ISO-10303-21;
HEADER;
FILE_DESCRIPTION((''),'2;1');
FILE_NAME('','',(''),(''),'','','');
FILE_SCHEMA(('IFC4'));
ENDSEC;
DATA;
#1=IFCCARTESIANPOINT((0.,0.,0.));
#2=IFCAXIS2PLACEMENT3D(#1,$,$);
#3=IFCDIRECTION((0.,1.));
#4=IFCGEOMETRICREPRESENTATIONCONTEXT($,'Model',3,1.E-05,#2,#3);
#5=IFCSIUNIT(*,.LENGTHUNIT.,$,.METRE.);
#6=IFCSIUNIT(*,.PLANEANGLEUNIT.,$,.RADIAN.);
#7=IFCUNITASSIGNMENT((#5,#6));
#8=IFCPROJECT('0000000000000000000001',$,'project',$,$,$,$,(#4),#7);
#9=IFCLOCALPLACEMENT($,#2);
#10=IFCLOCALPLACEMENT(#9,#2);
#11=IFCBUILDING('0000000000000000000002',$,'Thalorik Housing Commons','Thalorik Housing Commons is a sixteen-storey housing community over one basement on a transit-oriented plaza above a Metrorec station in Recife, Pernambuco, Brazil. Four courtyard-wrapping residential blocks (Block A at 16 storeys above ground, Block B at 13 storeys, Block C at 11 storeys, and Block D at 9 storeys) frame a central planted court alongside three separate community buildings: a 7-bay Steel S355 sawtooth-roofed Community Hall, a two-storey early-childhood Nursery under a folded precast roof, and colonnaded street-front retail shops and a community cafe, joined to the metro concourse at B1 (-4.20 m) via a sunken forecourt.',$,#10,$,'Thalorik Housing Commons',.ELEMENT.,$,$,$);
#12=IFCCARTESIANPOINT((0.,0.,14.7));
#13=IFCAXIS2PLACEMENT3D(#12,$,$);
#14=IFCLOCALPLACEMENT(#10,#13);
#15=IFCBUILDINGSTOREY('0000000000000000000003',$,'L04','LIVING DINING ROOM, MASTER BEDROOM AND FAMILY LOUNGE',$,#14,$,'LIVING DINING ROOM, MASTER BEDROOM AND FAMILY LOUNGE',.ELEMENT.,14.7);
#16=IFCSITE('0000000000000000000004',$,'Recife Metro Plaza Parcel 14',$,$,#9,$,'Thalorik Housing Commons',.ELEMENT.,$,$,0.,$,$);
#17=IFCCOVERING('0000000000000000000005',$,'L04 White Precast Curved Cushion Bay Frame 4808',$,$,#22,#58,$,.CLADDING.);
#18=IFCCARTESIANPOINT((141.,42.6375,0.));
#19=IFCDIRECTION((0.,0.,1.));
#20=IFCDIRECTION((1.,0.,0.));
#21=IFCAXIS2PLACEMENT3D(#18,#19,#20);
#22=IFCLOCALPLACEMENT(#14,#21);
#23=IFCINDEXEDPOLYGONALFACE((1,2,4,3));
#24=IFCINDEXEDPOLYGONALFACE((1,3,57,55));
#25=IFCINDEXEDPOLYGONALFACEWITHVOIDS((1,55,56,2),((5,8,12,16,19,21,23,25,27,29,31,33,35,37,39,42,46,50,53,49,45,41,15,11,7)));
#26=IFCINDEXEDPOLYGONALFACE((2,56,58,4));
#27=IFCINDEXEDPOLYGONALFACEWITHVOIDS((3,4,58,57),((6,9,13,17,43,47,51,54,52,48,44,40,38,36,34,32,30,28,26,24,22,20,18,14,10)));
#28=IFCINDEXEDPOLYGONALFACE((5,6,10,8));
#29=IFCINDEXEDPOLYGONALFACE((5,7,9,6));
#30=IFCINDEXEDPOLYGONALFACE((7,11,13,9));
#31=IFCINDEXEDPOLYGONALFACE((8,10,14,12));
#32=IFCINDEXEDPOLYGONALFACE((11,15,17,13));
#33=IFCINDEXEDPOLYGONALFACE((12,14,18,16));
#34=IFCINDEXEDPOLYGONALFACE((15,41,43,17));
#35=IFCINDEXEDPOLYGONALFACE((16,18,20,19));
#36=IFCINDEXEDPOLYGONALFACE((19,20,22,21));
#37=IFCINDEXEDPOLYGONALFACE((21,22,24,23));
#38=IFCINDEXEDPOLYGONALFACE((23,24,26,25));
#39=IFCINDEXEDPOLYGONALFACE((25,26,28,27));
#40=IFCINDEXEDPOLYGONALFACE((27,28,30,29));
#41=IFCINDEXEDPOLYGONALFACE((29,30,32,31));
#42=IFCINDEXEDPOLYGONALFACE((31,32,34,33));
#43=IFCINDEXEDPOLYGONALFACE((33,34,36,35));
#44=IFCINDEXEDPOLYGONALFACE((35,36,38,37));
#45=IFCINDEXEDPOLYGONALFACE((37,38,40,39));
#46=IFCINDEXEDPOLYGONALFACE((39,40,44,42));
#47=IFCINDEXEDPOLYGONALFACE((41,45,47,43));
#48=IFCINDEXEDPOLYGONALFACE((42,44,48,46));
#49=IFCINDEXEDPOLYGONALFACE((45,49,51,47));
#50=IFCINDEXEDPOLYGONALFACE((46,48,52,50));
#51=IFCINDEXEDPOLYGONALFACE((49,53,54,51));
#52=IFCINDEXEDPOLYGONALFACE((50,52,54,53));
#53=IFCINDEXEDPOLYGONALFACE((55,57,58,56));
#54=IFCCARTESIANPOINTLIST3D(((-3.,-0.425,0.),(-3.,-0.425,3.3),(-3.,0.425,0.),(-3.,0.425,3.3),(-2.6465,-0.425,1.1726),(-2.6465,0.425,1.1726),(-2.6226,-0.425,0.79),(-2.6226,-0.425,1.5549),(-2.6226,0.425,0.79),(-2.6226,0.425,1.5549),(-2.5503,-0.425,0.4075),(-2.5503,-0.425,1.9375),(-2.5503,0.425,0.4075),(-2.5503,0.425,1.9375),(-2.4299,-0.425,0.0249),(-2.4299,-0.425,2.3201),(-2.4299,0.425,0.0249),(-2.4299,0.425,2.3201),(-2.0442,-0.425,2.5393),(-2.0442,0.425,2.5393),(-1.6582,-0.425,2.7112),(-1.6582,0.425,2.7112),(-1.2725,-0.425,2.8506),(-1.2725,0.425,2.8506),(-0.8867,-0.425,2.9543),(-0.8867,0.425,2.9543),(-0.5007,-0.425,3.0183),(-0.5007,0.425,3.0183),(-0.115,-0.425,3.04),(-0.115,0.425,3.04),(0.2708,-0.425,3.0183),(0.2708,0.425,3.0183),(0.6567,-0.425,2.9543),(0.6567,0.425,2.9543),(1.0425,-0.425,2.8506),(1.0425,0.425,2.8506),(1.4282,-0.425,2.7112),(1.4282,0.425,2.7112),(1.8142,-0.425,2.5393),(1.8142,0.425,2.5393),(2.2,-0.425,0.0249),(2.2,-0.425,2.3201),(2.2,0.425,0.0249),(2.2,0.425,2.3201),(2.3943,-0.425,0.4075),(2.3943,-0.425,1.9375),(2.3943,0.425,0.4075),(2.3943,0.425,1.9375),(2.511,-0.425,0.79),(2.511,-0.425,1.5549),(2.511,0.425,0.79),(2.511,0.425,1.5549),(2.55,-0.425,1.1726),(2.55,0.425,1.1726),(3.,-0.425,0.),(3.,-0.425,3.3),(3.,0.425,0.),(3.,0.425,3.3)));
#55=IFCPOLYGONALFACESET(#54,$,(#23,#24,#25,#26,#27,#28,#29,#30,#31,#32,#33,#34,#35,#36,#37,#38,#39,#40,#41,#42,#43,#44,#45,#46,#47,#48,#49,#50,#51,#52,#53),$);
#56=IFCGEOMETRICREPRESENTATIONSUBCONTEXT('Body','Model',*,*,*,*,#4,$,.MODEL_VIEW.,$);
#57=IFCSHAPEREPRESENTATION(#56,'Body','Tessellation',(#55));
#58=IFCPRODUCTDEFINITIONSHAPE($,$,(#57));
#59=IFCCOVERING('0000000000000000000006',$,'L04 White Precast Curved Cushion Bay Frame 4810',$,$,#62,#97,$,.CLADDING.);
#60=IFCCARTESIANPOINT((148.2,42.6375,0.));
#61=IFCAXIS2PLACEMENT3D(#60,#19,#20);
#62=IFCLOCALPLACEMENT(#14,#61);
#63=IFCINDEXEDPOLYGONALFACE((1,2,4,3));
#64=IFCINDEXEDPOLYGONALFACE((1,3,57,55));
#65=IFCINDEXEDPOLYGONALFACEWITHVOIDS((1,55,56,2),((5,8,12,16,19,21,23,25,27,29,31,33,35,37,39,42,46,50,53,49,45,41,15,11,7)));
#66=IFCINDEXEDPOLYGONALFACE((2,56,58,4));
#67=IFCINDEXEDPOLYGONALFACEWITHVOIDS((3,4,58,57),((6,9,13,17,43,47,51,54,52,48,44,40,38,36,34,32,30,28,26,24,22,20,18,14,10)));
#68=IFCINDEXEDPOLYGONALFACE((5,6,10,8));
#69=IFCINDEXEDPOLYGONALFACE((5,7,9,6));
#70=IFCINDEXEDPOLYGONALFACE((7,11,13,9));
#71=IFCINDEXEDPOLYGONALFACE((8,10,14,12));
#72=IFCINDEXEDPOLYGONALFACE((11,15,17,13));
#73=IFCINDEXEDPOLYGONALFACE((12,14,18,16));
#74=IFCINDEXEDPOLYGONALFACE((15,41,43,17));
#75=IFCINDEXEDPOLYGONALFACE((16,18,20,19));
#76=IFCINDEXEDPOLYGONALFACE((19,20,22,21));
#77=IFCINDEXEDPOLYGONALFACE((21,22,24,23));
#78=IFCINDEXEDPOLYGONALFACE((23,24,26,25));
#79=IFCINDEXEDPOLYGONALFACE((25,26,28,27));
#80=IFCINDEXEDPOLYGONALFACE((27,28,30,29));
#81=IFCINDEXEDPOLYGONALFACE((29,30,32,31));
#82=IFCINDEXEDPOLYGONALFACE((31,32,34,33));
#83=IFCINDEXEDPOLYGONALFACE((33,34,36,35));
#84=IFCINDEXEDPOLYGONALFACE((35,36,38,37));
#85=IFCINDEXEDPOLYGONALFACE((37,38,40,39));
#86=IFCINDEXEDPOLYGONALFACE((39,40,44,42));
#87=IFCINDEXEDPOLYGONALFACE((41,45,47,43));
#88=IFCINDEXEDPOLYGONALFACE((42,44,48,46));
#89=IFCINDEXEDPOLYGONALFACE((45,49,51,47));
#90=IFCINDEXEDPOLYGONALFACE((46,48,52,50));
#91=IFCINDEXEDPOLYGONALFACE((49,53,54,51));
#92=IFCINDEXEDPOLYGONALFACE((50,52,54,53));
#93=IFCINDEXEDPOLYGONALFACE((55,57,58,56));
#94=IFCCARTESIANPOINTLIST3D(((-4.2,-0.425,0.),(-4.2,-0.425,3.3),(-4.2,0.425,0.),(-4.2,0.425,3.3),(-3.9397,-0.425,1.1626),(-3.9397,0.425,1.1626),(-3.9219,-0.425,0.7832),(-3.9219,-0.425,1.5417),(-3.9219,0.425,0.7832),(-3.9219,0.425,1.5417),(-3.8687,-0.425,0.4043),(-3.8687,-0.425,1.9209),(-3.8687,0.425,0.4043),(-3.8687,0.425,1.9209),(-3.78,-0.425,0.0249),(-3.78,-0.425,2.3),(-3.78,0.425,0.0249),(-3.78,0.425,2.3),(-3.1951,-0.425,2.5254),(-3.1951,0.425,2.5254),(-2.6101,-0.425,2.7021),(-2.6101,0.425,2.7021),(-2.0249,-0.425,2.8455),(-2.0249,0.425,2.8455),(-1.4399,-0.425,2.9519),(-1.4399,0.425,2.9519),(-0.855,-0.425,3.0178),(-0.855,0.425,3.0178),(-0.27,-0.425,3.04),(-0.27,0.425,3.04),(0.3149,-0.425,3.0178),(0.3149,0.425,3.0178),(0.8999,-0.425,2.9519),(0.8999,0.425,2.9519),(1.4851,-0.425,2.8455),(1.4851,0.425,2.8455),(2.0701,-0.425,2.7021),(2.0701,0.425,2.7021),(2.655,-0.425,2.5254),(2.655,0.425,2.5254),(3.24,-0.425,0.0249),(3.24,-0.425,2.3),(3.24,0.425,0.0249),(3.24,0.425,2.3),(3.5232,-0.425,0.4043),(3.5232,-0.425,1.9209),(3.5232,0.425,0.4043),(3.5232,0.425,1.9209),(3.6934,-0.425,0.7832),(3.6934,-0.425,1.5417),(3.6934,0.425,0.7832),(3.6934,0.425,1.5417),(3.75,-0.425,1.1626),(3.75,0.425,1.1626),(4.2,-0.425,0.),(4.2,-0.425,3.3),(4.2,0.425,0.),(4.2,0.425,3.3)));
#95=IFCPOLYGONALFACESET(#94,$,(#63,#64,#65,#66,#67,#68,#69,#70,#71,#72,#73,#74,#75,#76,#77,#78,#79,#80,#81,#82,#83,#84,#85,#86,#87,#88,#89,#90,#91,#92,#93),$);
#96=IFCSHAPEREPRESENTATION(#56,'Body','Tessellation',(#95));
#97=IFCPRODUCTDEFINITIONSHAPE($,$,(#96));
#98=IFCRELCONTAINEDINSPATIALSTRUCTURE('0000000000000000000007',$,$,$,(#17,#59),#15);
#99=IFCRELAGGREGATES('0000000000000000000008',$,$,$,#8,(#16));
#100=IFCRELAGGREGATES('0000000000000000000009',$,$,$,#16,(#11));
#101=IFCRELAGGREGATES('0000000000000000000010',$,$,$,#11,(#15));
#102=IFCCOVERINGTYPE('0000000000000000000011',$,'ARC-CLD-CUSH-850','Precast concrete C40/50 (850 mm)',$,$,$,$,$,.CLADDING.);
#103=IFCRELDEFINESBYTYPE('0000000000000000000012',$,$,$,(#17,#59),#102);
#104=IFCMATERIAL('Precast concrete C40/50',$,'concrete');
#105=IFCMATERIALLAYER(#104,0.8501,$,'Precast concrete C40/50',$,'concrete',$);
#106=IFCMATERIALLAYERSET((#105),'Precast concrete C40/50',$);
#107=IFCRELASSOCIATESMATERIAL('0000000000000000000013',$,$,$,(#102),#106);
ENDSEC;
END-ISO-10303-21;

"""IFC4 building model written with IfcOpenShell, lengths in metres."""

from ifc_helpers import new_model, si_unit, direction, frame, origin, place, context, subcontext, project, spatial, polyline, outline, extrude, material, layer, layer_set, type_object, element, save


model = new_model("IFC4")

# Units and contexts
model_context = context("Model", 3, precision=1e-05, world=origin(), true_north=direction((0.0, 1.0)))
body_context = subcontext(model_context, "Body", "Model", "MODEL_VIEW")
ifc_project = project(units=[si_unit("LENGTHUNIT", "METRE"), si_unit("PLANEANGLEUNIT", "RADIAN")], contexts=[model_context])

# Site, building, storey
site_placement = place(None, origin())
site = spatial("IfcSite", under=ifc_project, at=site_placement, Name="Recife Metro Plaza Parcel 14", LongName="Thalorik Housing Commons", CompositionType="ELEMENT", RefElevation=0.0)
building_placement = place(site_placement, origin())
building = spatial("IfcBuilding", under=site, at=building_placement, Name="Thalorik Housing Commons", Description="Thalorik Housing Commons is a sixteen-storey housing community over one basement on a transit-oriented plaza above a Metrorec station in Recife, Pernambuco, Brazil. Four courtyard-wrapping residential blocks (Block A at 16 storeys above ground, Block B at 13 storeys, Block C at 11 storeys, and Block D at 9 storeys) frame a central planted court alongside three separate community buildings: a 7-bay Steel S355 sawtooth-roofed Community Hall, a two-storey early-childhood Nursery under a folded precast roof, and colonnaded street-front retail shops and a community cafe, joined to the metro concourse at B1 (-4.20 m) via a sunken forecourt.", LongName="Thalorik Housing Commons", CompositionType="ELEMENT")
storey_placement = place(building_placement, frame((0.0, 0.0, 14.7)))
storey = spatial("IfcBuildingStorey", under=building, at=storey_placement, Name="L04", Description="LIVING DINING ROOM, MASTER BEDROOM AND FAMILY LOUNGE", LongName="LIVING DINING ROOM, MASTER BEDROOM AND FAMILY LOUNGE", CompositionType="ELEMENT", Elevation=14.7)

# Shared definitions
ifc_material_1 = material(Name="Precast concrete C40/50", Category="concrete")

# Coverings
ifc_layer_1 = layer(ifc_material_1, 0.8501, Name="Precast concrete C40/50", Category="concrete")
ifc_layer_set_1 = layer_set([ifc_layer_1], Name="Precast concrete C40/50")
covering_type_1 = type_object("IfcCoveringType", Name="ARC-CLD-CUSH-850", Description="Precast concrete C40/50 (850 mm)", PredefinedType="CLADDING", material=ifc_layer_set_1)
covering_1_placement = place(storey_placement, frame((141.0, 42.6375, 0.0), z_axis=(0.0, 0.0, 1.0), x_axis=(1.0, 0.0, 0.0)))
element("IfcCovering", 1, at=covering_1_placement, inside=storey, type_object=covering_type_1, Name="L04 White Precast Curved Cushion Bay Frame 4808", PredefinedType="CLADDING", context=body_context, shape_type="SweptSolid", body=[
    extrude(outline(polyline([(-3.0, 0.0), (3.0, 0.0), (3.0, 3.3), (-3.0, 3.3), (-3.0, 0.0)]), holes=[polyline([(2.2, 0.0249), (2.3943, 0.4075), (2.511, 0.79), (2.55, 1.1726), (2.511, 1.5549), (2.3943, 1.9375), (2.2, 2.3201), (1.8142, 2.5393), (1.4282, 2.7112), (1.0425, 2.8506), (0.6567, 2.9543), (0.2708, 3.0183), (-0.115, 3.04), (-0.5007, 3.0183), (-0.8867, 2.9543), (-1.2725, 2.8506), (-1.6582, 2.7112), (-2.0442, 2.5393), (-2.4299, 2.3201), (-2.5503, 1.9375), (-2.6226, 1.5549), (-2.6465, 1.1726), (-2.6226, 0.79), (-2.5503, 0.4075), (-2.4299, 0.0249), (2.2, 0.0249)])]), frame((0.0, 0.425, 0.0), z_axis=(0.0, -1.0, 0.0), x_axis=(1.0, 0.0, 0.0)), (0.0, 0.0, 1.0), 0.8501),
])
covering_2_placement = place(storey_placement, frame((148.2, 42.6375, 0.0), z_axis=(0.0, 0.0, 1.0), x_axis=(1.0, 0.0, 0.0)))
element("IfcCovering", 2, at=covering_2_placement, inside=storey, type_object=covering_type_1, Name="L04 White Precast Curved Cushion Bay Frame 4810", PredefinedType="CLADDING", context=body_context, shape_type="SweptSolid", body=[
    extrude(outline(polyline([(-4.2, 0.0), (4.2, 0.0), (4.2, 3.3), (-4.2, 3.3), (-4.2, 0.0)]), holes=[polyline([(3.24, 0.0249), (3.5232, 0.4043), (3.6934, 0.7832), (3.75, 1.1626), (3.6934, 1.5417), (3.5232, 1.9209), (3.24, 2.3), (2.655, 2.5254), (2.0701, 2.7021), (1.4851, 2.8455), (0.8999, 2.9519), (0.3149, 3.0178), (-0.27, 3.04), (-0.855, 3.0178), (-1.4399, 2.9519), (-2.0249, 2.8455), (-2.6101, 2.7021), (-3.1951, 2.5254), (-3.78, 2.3), (-3.8687, 1.9209), (-3.9219, 1.5417), (-3.9397, 1.1626), (-3.9219, 0.7832), (-3.8687, 0.4043), (-3.78, 0.0249), (3.24, 0.0249)])]), frame((0.0, 0.425, 0.0), z_axis=(0.0, -1.0, 0.0), x_axis=(1.0, 0.0, 0.0)), (0.0, 0.0, 1.0), 0.8501),
])

save(model, "model.ifc")
